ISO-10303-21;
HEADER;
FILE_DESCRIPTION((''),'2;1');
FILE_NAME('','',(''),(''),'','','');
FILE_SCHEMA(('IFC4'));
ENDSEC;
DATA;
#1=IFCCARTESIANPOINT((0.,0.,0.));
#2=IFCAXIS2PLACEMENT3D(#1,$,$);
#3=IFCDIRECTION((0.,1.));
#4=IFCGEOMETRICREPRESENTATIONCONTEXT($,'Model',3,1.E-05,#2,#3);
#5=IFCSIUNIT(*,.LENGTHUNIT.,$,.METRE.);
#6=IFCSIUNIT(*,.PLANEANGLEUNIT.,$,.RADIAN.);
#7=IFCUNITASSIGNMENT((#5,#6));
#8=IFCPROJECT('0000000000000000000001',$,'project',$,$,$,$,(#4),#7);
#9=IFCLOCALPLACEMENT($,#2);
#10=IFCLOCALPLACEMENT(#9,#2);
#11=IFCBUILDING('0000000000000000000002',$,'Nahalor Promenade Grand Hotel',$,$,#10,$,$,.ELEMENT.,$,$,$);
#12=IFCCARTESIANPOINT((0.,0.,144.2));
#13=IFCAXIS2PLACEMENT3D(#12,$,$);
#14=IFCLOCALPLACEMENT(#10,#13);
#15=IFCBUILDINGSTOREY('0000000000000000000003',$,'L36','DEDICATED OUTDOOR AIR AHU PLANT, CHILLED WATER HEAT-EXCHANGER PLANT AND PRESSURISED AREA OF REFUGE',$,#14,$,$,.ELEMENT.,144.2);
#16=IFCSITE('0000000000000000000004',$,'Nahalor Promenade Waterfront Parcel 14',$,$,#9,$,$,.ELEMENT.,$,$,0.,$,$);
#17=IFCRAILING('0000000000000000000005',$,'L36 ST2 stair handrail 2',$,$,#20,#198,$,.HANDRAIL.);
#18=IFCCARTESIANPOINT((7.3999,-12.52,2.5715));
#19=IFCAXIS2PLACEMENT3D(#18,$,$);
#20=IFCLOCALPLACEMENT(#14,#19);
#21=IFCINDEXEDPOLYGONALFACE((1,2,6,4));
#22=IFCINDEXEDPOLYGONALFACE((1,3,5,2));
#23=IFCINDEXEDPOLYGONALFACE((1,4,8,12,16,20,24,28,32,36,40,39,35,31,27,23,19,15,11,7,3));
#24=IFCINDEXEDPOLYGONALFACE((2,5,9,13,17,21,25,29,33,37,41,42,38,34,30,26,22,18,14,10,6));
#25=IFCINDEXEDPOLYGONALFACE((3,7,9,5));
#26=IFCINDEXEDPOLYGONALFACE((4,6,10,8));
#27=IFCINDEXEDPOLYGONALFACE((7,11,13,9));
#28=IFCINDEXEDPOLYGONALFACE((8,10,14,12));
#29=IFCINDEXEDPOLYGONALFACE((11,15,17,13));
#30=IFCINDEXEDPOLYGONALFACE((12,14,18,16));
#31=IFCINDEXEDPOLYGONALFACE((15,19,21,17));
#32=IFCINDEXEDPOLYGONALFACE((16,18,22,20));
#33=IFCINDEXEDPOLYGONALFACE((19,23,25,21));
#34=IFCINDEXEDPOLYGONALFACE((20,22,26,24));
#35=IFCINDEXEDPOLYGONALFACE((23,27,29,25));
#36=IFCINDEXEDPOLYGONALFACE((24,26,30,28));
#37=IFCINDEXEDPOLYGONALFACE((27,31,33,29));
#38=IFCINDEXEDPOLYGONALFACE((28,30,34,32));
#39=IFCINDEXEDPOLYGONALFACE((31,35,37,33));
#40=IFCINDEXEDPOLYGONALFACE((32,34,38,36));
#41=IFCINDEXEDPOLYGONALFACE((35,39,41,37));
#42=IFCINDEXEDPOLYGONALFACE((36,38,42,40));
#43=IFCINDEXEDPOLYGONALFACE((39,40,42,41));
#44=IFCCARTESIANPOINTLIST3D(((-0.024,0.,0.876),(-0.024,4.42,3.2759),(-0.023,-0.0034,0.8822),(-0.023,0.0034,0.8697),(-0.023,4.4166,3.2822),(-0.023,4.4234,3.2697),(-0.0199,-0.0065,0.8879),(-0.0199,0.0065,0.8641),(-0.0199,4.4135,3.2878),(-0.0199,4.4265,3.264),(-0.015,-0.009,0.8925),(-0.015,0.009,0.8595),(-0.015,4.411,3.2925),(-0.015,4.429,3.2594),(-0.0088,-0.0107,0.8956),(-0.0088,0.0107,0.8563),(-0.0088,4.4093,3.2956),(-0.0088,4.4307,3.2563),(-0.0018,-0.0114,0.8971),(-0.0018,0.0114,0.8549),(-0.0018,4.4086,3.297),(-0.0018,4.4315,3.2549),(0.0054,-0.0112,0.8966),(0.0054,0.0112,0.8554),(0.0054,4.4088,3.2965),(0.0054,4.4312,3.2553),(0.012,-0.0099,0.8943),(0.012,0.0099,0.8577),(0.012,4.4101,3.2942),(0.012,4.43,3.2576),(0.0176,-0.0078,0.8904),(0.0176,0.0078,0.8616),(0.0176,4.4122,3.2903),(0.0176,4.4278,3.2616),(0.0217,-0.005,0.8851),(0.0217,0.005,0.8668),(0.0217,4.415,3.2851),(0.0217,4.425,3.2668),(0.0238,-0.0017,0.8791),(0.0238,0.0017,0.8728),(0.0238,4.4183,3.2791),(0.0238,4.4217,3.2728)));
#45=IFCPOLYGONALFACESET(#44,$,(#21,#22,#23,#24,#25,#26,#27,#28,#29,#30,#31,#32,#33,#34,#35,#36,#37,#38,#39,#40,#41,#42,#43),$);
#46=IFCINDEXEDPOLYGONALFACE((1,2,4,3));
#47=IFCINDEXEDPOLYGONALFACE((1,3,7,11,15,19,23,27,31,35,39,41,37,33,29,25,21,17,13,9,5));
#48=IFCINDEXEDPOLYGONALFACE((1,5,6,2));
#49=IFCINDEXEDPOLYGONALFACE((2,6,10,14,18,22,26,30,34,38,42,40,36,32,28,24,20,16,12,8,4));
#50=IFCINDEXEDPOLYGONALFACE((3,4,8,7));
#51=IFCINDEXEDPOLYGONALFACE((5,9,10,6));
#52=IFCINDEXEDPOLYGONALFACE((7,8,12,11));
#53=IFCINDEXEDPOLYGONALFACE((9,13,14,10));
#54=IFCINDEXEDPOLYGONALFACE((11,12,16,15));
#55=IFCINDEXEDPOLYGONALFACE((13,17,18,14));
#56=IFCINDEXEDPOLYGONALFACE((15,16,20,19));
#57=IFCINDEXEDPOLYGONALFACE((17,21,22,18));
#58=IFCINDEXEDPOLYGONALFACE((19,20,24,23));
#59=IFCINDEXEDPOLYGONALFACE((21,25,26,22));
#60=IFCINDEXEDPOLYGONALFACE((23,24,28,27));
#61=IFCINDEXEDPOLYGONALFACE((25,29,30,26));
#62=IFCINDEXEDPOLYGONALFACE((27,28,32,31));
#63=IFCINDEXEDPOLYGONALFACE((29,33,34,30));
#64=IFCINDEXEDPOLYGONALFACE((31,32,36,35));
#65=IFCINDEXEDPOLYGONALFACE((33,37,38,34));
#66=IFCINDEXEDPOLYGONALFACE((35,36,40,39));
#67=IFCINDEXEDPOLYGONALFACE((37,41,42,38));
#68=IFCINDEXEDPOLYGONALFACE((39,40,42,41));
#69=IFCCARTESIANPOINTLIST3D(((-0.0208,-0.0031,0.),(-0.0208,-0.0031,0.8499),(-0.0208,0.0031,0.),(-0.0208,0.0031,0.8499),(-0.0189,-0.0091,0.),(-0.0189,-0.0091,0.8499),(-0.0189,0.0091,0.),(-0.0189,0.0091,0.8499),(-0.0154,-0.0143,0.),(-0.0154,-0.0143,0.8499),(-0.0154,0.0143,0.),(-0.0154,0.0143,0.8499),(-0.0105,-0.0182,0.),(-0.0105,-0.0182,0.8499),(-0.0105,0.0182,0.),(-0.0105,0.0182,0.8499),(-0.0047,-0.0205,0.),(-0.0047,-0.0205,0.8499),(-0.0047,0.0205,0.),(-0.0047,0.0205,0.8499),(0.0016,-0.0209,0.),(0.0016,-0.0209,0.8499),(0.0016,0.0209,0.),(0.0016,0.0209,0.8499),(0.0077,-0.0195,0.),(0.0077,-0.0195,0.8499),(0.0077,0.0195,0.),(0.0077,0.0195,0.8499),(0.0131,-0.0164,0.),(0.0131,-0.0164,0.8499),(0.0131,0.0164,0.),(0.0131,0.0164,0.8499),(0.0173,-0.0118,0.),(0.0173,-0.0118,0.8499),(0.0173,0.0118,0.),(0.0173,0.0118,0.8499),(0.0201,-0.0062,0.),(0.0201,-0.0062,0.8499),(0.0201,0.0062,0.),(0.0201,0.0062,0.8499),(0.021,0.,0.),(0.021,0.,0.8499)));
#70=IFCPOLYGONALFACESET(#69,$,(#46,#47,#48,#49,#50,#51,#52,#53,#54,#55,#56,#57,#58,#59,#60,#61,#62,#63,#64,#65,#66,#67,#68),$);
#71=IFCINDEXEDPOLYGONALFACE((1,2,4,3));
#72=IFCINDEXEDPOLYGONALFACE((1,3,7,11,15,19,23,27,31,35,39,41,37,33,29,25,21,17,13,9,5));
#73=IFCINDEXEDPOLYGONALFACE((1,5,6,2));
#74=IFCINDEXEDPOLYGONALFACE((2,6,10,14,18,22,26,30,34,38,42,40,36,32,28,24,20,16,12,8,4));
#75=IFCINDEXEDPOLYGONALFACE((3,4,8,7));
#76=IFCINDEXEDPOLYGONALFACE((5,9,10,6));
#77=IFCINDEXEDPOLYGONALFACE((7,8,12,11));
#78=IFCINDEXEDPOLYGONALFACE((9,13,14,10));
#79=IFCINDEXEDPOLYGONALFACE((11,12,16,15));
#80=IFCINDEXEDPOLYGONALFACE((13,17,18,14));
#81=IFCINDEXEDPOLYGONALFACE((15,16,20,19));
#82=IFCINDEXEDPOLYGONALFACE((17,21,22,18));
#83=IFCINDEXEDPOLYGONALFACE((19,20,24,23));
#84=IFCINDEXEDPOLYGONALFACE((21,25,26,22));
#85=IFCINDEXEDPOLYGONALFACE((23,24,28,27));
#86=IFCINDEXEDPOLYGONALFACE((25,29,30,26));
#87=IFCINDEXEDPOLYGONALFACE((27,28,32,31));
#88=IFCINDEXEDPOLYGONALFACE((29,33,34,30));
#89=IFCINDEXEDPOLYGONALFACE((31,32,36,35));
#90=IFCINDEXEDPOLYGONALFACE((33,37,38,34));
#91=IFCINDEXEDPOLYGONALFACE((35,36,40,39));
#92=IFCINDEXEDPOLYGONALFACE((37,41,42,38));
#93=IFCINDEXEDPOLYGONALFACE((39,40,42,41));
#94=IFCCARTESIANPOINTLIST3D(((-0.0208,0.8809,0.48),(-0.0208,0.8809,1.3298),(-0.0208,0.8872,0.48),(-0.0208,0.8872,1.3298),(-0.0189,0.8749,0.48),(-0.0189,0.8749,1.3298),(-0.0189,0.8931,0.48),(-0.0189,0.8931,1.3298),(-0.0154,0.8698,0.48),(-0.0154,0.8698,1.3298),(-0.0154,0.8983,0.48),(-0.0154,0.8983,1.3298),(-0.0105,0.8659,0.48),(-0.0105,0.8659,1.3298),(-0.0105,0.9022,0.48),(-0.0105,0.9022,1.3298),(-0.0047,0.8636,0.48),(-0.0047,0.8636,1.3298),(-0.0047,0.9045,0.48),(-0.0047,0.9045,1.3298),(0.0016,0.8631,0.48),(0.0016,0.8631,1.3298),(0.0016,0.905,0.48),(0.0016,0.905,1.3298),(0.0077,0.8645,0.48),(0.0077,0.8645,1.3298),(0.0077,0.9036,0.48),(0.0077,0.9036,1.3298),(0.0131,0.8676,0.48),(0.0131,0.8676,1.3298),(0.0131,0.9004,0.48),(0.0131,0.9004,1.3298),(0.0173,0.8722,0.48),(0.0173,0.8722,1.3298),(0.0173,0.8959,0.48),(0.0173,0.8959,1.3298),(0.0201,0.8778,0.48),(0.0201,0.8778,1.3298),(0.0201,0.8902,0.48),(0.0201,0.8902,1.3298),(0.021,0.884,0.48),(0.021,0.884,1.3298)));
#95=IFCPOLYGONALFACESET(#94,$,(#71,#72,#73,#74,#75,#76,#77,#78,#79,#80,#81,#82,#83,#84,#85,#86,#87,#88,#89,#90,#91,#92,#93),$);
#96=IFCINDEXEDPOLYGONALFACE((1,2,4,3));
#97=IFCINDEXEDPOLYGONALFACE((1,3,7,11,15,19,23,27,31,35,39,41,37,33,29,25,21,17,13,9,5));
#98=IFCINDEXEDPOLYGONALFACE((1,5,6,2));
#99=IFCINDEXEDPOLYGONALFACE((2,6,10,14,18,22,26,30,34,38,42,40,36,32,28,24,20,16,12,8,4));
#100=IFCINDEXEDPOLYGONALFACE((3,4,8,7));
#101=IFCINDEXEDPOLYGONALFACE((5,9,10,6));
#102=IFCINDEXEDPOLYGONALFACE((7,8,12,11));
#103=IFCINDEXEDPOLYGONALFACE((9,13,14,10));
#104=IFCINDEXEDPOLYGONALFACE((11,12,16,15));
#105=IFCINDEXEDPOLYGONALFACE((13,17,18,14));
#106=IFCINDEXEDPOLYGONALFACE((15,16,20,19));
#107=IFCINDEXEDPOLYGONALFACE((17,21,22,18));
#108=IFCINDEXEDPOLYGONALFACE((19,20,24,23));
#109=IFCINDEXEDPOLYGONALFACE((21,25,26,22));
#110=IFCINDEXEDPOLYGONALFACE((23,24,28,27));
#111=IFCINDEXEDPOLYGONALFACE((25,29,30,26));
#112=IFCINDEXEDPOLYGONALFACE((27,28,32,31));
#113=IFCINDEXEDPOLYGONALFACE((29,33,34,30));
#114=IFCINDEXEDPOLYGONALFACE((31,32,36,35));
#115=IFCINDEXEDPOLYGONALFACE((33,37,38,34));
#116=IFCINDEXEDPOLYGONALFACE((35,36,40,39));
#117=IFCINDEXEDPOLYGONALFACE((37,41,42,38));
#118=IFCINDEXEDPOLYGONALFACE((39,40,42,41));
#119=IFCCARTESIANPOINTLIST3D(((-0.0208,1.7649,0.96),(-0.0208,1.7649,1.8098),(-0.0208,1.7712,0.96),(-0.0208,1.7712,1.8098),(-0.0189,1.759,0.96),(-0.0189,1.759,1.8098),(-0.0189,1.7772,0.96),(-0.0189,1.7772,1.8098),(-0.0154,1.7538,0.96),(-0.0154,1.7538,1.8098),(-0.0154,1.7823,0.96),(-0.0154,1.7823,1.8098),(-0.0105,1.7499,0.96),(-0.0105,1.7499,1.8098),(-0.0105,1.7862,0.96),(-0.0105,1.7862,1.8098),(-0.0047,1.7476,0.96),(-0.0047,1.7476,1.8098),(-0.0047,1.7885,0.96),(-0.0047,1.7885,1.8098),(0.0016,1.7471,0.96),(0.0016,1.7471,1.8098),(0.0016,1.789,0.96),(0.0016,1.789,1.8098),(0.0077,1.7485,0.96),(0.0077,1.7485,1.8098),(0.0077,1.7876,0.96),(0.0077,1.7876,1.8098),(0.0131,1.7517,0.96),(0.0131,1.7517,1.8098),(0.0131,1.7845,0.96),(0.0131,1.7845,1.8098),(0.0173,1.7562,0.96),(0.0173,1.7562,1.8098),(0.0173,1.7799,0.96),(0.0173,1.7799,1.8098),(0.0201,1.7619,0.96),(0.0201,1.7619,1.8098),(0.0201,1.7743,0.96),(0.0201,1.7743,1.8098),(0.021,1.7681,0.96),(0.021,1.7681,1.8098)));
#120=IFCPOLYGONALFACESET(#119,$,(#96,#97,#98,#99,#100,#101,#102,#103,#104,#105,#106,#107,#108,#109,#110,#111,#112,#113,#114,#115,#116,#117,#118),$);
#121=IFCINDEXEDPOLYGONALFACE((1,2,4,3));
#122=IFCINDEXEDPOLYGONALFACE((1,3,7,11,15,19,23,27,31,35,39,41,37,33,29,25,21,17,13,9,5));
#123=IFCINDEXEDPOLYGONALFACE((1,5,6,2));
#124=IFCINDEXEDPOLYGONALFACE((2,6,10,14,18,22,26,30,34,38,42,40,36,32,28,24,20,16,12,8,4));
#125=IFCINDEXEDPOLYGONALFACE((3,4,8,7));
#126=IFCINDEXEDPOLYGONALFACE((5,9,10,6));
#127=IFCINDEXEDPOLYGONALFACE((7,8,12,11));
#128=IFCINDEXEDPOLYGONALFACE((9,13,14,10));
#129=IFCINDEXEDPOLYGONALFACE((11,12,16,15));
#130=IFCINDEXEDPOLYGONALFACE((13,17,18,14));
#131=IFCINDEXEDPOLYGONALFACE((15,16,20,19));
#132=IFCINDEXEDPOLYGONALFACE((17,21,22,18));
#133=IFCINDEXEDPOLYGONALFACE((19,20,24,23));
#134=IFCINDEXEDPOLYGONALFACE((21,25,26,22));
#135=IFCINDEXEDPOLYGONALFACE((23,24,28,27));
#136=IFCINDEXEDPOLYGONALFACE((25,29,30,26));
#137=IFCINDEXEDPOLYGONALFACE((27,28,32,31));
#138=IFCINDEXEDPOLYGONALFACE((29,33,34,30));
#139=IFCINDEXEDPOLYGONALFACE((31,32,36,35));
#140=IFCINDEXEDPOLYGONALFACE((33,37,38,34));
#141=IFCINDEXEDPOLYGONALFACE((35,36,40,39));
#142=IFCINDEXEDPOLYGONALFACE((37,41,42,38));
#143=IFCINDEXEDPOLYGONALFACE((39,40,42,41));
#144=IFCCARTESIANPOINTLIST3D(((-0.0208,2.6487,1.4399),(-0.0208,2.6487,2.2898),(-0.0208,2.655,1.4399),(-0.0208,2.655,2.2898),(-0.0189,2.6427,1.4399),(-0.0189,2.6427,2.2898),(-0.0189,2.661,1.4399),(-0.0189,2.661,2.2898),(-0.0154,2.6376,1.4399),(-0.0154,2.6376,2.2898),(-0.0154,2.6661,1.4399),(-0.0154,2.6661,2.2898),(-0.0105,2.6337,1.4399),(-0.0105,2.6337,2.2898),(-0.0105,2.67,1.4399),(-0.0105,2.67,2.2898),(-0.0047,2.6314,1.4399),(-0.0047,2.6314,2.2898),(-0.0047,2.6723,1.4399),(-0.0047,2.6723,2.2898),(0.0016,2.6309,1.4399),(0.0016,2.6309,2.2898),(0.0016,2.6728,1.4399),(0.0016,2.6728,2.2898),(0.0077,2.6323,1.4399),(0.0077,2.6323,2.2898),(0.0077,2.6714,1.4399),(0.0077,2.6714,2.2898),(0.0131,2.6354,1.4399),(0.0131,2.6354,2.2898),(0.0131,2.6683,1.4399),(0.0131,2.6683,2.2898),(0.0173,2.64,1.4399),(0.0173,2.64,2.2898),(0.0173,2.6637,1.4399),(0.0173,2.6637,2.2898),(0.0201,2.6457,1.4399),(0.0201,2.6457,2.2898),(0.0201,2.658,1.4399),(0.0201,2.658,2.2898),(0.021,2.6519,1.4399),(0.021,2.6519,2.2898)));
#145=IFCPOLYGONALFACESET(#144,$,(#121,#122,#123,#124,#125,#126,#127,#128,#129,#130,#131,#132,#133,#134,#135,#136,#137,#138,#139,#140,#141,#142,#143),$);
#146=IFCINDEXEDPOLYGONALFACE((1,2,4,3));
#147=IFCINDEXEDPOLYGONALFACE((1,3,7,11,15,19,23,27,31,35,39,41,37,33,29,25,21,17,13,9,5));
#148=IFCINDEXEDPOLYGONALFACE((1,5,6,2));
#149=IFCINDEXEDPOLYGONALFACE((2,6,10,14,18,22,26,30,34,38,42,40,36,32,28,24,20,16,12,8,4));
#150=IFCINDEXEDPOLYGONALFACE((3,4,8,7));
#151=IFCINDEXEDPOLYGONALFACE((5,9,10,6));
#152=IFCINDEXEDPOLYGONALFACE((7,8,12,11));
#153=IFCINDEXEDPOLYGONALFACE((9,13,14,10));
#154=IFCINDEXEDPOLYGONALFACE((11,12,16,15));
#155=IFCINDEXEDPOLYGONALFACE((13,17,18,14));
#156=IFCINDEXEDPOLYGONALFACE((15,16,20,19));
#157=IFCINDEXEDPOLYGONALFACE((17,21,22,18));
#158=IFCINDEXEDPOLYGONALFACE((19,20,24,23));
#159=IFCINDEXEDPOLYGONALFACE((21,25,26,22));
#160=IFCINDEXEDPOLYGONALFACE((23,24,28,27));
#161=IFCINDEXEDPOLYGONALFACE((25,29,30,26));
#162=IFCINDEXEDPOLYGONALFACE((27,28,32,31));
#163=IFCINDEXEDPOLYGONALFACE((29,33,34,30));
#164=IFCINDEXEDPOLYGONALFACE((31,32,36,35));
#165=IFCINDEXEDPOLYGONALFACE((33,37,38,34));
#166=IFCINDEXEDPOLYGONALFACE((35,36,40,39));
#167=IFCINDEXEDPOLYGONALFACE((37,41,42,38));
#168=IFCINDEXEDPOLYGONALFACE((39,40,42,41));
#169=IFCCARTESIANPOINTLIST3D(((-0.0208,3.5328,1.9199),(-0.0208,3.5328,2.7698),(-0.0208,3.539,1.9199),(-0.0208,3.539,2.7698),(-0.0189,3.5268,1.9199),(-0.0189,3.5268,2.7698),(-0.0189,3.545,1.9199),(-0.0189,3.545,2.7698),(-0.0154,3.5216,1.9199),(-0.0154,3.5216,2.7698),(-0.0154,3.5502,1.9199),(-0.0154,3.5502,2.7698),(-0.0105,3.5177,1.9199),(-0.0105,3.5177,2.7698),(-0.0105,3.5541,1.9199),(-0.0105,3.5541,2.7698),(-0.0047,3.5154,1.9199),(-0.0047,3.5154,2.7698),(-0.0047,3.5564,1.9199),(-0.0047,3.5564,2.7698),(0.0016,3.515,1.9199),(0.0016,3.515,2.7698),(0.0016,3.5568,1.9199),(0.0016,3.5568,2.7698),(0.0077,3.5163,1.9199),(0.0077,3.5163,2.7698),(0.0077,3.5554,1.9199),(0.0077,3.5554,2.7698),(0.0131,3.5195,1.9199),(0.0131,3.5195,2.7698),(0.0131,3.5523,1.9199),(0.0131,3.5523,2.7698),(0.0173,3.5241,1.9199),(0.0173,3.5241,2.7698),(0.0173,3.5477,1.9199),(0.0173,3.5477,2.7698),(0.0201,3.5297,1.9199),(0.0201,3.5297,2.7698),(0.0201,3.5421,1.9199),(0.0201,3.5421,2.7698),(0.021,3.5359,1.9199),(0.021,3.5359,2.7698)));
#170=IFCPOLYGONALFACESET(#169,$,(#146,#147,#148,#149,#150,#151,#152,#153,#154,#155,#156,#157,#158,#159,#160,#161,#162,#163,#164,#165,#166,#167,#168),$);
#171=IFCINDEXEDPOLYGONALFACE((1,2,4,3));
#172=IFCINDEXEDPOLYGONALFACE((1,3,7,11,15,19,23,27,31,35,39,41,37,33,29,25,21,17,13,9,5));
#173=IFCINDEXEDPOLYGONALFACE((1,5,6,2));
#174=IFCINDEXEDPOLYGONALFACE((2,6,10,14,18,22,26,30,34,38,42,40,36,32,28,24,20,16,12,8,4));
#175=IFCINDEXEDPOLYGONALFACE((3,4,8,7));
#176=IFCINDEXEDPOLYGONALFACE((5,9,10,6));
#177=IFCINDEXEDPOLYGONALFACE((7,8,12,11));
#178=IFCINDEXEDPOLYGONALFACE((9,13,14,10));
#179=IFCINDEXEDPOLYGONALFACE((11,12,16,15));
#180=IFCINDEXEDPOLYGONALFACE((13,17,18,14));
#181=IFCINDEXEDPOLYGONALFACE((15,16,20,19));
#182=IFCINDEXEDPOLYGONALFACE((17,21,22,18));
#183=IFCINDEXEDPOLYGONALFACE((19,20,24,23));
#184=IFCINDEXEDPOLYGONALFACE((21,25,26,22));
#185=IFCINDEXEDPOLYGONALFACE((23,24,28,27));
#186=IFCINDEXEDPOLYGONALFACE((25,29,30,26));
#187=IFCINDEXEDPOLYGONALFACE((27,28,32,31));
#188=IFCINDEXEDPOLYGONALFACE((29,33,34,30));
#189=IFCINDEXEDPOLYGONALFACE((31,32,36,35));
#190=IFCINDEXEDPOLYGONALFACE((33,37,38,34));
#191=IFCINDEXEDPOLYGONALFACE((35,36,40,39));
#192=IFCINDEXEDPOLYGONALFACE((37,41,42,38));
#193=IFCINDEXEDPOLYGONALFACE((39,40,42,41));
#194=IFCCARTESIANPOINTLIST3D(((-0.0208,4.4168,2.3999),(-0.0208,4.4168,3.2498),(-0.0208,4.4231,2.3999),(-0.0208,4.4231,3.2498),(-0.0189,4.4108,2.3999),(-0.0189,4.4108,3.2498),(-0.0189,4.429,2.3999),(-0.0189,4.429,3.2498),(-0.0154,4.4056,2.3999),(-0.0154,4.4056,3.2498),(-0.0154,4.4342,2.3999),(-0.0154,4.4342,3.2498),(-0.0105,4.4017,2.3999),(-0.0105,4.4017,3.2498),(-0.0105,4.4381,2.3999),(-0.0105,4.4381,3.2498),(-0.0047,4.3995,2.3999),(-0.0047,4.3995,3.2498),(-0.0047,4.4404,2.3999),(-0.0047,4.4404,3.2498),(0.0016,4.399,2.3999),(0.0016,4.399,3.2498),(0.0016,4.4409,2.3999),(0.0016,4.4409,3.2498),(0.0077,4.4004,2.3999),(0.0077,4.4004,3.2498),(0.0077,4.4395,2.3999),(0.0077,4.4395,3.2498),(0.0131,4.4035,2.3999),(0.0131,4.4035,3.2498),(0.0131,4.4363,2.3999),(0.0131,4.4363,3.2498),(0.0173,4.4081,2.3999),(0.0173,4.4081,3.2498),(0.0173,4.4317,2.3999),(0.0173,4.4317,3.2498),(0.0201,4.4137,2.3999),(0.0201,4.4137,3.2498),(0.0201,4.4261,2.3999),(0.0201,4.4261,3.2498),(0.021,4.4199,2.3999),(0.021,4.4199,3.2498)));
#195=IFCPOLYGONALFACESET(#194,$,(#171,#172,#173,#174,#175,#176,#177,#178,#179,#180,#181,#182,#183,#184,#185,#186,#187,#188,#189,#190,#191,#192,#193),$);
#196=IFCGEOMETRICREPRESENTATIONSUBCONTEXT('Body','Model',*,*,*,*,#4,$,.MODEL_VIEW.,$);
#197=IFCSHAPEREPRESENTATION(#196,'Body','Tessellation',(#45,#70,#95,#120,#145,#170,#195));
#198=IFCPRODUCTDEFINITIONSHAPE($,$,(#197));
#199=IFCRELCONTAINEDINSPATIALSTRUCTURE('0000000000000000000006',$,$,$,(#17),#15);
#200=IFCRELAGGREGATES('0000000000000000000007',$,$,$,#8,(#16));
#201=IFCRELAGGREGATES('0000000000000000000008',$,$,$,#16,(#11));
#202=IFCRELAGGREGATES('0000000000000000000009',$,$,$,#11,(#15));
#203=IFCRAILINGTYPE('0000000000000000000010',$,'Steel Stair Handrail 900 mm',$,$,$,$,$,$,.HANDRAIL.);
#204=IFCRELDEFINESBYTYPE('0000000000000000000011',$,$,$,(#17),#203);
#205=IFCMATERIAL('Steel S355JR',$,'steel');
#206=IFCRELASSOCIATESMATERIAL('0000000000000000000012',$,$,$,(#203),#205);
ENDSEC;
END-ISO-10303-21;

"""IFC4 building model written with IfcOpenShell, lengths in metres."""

from ifc_helpers import new_model, si_unit, direction, frame, origin, origin_2d, place, context, subcontext, project, spatial, circle, extrude, material, type_object, element, save


model = new_model("IFC4")

# Units and contexts
model_context = context("Model", 3, precision=1e-05, world=origin(), true_north=direction((0.0, 1.0)))
body_context = subcontext(model_context, "Body", "Model", "MODEL_VIEW")
ifc_project = project(units=[si_unit("LENGTHUNIT", "METRE"), si_unit("PLANEANGLEUNIT", "RADIAN")], contexts=[model_context])

# Site, building, storey
site_placement = place(None, origin())
site = spatial("IfcSite", under=ifc_project, at=site_placement, Name="Nahalor Promenade Waterfront Parcel 14", CompositionType="ELEMENT", RefElevation=0.0)
building_placement = place(site_placement, origin())
building = spatial("IfcBuilding", under=site, at=building_placement, Name="Nahalor Promenade Grand Hotel", CompositionType="ELEMENT")
storey_placement = place(building_placement, frame((0.0, 0.0, 144.2)))
storey = spatial("IfcBuildingStorey", under=building, at=storey_placement, Name="L36", Description="DEDICATED OUTDOOR AIR AHU PLANT, CHILLED WATER HEAT-EXCHANGER PLANT AND PRESSURISED AREA OF REFUGE", CompositionType="ELEMENT", Elevation=144.2)

# Shared definitions
ifc_material_1 = material(Name="Steel S355JR", Category="steel")

# Railing
railing_type_1 = type_object("IfcRailingType", Name="Steel Stair Handrail 900 mm", PredefinedType="HANDRAIL", material=ifc_material_1)
railing_1_placement = place(storey_placement, frame((7.3999, -12.52, 2.5715)))
element("IfcRailing", 1, at=railing_1_placement, inside=storey, type_object=railing_type_1, Name="L36 ST2 stair handrail 2", PredefinedType="HANDRAIL", context=body_context, shape_type="SweptSolid", body=[
    extrude(circle(Radius=0.024, at=origin_2d()), frame((0.0, 0.0, 0.876), z_axis=(0.0, 0.87881, 0.477171), x_axis=(-1.0, 0.0, 0.0)), (0.0, 0.0, 1.0), 5.0295),
    extrude(circle(Radius=0.021, at=origin_2d()), origin(), (0.0, 0.0, 1.0), 0.8499),
    extrude(circle(Radius=0.021, at=origin_2d()), frame((0.0, 0.884, 0.48)), (0.0, 0.0, 1.0), 0.8499),
    extrude(circle(Radius=0.021, at=origin_2d()), frame((0.0, 1.7681, 0.96)), (0.0, 0.0, 1.0), 0.8499),
    extrude(circle(Radius=0.021, at=origin_2d()), frame((0.0, 2.6519, 1.4399)), (0.0, 0.0, 1.0), 0.8499),
    extrude(circle(Radius=0.021, at=origin_2d()), frame((0.0, 3.5359, 1.9199)), (0.0, 0.0, 1.0), 0.8499),
    extrude(circle(Radius=0.021, at=origin_2d()), frame((0.0, 4.4199, 2.3999)), (0.0, 0.0, 1.0), 0.8499),
])

save(model, "model.ifc")
